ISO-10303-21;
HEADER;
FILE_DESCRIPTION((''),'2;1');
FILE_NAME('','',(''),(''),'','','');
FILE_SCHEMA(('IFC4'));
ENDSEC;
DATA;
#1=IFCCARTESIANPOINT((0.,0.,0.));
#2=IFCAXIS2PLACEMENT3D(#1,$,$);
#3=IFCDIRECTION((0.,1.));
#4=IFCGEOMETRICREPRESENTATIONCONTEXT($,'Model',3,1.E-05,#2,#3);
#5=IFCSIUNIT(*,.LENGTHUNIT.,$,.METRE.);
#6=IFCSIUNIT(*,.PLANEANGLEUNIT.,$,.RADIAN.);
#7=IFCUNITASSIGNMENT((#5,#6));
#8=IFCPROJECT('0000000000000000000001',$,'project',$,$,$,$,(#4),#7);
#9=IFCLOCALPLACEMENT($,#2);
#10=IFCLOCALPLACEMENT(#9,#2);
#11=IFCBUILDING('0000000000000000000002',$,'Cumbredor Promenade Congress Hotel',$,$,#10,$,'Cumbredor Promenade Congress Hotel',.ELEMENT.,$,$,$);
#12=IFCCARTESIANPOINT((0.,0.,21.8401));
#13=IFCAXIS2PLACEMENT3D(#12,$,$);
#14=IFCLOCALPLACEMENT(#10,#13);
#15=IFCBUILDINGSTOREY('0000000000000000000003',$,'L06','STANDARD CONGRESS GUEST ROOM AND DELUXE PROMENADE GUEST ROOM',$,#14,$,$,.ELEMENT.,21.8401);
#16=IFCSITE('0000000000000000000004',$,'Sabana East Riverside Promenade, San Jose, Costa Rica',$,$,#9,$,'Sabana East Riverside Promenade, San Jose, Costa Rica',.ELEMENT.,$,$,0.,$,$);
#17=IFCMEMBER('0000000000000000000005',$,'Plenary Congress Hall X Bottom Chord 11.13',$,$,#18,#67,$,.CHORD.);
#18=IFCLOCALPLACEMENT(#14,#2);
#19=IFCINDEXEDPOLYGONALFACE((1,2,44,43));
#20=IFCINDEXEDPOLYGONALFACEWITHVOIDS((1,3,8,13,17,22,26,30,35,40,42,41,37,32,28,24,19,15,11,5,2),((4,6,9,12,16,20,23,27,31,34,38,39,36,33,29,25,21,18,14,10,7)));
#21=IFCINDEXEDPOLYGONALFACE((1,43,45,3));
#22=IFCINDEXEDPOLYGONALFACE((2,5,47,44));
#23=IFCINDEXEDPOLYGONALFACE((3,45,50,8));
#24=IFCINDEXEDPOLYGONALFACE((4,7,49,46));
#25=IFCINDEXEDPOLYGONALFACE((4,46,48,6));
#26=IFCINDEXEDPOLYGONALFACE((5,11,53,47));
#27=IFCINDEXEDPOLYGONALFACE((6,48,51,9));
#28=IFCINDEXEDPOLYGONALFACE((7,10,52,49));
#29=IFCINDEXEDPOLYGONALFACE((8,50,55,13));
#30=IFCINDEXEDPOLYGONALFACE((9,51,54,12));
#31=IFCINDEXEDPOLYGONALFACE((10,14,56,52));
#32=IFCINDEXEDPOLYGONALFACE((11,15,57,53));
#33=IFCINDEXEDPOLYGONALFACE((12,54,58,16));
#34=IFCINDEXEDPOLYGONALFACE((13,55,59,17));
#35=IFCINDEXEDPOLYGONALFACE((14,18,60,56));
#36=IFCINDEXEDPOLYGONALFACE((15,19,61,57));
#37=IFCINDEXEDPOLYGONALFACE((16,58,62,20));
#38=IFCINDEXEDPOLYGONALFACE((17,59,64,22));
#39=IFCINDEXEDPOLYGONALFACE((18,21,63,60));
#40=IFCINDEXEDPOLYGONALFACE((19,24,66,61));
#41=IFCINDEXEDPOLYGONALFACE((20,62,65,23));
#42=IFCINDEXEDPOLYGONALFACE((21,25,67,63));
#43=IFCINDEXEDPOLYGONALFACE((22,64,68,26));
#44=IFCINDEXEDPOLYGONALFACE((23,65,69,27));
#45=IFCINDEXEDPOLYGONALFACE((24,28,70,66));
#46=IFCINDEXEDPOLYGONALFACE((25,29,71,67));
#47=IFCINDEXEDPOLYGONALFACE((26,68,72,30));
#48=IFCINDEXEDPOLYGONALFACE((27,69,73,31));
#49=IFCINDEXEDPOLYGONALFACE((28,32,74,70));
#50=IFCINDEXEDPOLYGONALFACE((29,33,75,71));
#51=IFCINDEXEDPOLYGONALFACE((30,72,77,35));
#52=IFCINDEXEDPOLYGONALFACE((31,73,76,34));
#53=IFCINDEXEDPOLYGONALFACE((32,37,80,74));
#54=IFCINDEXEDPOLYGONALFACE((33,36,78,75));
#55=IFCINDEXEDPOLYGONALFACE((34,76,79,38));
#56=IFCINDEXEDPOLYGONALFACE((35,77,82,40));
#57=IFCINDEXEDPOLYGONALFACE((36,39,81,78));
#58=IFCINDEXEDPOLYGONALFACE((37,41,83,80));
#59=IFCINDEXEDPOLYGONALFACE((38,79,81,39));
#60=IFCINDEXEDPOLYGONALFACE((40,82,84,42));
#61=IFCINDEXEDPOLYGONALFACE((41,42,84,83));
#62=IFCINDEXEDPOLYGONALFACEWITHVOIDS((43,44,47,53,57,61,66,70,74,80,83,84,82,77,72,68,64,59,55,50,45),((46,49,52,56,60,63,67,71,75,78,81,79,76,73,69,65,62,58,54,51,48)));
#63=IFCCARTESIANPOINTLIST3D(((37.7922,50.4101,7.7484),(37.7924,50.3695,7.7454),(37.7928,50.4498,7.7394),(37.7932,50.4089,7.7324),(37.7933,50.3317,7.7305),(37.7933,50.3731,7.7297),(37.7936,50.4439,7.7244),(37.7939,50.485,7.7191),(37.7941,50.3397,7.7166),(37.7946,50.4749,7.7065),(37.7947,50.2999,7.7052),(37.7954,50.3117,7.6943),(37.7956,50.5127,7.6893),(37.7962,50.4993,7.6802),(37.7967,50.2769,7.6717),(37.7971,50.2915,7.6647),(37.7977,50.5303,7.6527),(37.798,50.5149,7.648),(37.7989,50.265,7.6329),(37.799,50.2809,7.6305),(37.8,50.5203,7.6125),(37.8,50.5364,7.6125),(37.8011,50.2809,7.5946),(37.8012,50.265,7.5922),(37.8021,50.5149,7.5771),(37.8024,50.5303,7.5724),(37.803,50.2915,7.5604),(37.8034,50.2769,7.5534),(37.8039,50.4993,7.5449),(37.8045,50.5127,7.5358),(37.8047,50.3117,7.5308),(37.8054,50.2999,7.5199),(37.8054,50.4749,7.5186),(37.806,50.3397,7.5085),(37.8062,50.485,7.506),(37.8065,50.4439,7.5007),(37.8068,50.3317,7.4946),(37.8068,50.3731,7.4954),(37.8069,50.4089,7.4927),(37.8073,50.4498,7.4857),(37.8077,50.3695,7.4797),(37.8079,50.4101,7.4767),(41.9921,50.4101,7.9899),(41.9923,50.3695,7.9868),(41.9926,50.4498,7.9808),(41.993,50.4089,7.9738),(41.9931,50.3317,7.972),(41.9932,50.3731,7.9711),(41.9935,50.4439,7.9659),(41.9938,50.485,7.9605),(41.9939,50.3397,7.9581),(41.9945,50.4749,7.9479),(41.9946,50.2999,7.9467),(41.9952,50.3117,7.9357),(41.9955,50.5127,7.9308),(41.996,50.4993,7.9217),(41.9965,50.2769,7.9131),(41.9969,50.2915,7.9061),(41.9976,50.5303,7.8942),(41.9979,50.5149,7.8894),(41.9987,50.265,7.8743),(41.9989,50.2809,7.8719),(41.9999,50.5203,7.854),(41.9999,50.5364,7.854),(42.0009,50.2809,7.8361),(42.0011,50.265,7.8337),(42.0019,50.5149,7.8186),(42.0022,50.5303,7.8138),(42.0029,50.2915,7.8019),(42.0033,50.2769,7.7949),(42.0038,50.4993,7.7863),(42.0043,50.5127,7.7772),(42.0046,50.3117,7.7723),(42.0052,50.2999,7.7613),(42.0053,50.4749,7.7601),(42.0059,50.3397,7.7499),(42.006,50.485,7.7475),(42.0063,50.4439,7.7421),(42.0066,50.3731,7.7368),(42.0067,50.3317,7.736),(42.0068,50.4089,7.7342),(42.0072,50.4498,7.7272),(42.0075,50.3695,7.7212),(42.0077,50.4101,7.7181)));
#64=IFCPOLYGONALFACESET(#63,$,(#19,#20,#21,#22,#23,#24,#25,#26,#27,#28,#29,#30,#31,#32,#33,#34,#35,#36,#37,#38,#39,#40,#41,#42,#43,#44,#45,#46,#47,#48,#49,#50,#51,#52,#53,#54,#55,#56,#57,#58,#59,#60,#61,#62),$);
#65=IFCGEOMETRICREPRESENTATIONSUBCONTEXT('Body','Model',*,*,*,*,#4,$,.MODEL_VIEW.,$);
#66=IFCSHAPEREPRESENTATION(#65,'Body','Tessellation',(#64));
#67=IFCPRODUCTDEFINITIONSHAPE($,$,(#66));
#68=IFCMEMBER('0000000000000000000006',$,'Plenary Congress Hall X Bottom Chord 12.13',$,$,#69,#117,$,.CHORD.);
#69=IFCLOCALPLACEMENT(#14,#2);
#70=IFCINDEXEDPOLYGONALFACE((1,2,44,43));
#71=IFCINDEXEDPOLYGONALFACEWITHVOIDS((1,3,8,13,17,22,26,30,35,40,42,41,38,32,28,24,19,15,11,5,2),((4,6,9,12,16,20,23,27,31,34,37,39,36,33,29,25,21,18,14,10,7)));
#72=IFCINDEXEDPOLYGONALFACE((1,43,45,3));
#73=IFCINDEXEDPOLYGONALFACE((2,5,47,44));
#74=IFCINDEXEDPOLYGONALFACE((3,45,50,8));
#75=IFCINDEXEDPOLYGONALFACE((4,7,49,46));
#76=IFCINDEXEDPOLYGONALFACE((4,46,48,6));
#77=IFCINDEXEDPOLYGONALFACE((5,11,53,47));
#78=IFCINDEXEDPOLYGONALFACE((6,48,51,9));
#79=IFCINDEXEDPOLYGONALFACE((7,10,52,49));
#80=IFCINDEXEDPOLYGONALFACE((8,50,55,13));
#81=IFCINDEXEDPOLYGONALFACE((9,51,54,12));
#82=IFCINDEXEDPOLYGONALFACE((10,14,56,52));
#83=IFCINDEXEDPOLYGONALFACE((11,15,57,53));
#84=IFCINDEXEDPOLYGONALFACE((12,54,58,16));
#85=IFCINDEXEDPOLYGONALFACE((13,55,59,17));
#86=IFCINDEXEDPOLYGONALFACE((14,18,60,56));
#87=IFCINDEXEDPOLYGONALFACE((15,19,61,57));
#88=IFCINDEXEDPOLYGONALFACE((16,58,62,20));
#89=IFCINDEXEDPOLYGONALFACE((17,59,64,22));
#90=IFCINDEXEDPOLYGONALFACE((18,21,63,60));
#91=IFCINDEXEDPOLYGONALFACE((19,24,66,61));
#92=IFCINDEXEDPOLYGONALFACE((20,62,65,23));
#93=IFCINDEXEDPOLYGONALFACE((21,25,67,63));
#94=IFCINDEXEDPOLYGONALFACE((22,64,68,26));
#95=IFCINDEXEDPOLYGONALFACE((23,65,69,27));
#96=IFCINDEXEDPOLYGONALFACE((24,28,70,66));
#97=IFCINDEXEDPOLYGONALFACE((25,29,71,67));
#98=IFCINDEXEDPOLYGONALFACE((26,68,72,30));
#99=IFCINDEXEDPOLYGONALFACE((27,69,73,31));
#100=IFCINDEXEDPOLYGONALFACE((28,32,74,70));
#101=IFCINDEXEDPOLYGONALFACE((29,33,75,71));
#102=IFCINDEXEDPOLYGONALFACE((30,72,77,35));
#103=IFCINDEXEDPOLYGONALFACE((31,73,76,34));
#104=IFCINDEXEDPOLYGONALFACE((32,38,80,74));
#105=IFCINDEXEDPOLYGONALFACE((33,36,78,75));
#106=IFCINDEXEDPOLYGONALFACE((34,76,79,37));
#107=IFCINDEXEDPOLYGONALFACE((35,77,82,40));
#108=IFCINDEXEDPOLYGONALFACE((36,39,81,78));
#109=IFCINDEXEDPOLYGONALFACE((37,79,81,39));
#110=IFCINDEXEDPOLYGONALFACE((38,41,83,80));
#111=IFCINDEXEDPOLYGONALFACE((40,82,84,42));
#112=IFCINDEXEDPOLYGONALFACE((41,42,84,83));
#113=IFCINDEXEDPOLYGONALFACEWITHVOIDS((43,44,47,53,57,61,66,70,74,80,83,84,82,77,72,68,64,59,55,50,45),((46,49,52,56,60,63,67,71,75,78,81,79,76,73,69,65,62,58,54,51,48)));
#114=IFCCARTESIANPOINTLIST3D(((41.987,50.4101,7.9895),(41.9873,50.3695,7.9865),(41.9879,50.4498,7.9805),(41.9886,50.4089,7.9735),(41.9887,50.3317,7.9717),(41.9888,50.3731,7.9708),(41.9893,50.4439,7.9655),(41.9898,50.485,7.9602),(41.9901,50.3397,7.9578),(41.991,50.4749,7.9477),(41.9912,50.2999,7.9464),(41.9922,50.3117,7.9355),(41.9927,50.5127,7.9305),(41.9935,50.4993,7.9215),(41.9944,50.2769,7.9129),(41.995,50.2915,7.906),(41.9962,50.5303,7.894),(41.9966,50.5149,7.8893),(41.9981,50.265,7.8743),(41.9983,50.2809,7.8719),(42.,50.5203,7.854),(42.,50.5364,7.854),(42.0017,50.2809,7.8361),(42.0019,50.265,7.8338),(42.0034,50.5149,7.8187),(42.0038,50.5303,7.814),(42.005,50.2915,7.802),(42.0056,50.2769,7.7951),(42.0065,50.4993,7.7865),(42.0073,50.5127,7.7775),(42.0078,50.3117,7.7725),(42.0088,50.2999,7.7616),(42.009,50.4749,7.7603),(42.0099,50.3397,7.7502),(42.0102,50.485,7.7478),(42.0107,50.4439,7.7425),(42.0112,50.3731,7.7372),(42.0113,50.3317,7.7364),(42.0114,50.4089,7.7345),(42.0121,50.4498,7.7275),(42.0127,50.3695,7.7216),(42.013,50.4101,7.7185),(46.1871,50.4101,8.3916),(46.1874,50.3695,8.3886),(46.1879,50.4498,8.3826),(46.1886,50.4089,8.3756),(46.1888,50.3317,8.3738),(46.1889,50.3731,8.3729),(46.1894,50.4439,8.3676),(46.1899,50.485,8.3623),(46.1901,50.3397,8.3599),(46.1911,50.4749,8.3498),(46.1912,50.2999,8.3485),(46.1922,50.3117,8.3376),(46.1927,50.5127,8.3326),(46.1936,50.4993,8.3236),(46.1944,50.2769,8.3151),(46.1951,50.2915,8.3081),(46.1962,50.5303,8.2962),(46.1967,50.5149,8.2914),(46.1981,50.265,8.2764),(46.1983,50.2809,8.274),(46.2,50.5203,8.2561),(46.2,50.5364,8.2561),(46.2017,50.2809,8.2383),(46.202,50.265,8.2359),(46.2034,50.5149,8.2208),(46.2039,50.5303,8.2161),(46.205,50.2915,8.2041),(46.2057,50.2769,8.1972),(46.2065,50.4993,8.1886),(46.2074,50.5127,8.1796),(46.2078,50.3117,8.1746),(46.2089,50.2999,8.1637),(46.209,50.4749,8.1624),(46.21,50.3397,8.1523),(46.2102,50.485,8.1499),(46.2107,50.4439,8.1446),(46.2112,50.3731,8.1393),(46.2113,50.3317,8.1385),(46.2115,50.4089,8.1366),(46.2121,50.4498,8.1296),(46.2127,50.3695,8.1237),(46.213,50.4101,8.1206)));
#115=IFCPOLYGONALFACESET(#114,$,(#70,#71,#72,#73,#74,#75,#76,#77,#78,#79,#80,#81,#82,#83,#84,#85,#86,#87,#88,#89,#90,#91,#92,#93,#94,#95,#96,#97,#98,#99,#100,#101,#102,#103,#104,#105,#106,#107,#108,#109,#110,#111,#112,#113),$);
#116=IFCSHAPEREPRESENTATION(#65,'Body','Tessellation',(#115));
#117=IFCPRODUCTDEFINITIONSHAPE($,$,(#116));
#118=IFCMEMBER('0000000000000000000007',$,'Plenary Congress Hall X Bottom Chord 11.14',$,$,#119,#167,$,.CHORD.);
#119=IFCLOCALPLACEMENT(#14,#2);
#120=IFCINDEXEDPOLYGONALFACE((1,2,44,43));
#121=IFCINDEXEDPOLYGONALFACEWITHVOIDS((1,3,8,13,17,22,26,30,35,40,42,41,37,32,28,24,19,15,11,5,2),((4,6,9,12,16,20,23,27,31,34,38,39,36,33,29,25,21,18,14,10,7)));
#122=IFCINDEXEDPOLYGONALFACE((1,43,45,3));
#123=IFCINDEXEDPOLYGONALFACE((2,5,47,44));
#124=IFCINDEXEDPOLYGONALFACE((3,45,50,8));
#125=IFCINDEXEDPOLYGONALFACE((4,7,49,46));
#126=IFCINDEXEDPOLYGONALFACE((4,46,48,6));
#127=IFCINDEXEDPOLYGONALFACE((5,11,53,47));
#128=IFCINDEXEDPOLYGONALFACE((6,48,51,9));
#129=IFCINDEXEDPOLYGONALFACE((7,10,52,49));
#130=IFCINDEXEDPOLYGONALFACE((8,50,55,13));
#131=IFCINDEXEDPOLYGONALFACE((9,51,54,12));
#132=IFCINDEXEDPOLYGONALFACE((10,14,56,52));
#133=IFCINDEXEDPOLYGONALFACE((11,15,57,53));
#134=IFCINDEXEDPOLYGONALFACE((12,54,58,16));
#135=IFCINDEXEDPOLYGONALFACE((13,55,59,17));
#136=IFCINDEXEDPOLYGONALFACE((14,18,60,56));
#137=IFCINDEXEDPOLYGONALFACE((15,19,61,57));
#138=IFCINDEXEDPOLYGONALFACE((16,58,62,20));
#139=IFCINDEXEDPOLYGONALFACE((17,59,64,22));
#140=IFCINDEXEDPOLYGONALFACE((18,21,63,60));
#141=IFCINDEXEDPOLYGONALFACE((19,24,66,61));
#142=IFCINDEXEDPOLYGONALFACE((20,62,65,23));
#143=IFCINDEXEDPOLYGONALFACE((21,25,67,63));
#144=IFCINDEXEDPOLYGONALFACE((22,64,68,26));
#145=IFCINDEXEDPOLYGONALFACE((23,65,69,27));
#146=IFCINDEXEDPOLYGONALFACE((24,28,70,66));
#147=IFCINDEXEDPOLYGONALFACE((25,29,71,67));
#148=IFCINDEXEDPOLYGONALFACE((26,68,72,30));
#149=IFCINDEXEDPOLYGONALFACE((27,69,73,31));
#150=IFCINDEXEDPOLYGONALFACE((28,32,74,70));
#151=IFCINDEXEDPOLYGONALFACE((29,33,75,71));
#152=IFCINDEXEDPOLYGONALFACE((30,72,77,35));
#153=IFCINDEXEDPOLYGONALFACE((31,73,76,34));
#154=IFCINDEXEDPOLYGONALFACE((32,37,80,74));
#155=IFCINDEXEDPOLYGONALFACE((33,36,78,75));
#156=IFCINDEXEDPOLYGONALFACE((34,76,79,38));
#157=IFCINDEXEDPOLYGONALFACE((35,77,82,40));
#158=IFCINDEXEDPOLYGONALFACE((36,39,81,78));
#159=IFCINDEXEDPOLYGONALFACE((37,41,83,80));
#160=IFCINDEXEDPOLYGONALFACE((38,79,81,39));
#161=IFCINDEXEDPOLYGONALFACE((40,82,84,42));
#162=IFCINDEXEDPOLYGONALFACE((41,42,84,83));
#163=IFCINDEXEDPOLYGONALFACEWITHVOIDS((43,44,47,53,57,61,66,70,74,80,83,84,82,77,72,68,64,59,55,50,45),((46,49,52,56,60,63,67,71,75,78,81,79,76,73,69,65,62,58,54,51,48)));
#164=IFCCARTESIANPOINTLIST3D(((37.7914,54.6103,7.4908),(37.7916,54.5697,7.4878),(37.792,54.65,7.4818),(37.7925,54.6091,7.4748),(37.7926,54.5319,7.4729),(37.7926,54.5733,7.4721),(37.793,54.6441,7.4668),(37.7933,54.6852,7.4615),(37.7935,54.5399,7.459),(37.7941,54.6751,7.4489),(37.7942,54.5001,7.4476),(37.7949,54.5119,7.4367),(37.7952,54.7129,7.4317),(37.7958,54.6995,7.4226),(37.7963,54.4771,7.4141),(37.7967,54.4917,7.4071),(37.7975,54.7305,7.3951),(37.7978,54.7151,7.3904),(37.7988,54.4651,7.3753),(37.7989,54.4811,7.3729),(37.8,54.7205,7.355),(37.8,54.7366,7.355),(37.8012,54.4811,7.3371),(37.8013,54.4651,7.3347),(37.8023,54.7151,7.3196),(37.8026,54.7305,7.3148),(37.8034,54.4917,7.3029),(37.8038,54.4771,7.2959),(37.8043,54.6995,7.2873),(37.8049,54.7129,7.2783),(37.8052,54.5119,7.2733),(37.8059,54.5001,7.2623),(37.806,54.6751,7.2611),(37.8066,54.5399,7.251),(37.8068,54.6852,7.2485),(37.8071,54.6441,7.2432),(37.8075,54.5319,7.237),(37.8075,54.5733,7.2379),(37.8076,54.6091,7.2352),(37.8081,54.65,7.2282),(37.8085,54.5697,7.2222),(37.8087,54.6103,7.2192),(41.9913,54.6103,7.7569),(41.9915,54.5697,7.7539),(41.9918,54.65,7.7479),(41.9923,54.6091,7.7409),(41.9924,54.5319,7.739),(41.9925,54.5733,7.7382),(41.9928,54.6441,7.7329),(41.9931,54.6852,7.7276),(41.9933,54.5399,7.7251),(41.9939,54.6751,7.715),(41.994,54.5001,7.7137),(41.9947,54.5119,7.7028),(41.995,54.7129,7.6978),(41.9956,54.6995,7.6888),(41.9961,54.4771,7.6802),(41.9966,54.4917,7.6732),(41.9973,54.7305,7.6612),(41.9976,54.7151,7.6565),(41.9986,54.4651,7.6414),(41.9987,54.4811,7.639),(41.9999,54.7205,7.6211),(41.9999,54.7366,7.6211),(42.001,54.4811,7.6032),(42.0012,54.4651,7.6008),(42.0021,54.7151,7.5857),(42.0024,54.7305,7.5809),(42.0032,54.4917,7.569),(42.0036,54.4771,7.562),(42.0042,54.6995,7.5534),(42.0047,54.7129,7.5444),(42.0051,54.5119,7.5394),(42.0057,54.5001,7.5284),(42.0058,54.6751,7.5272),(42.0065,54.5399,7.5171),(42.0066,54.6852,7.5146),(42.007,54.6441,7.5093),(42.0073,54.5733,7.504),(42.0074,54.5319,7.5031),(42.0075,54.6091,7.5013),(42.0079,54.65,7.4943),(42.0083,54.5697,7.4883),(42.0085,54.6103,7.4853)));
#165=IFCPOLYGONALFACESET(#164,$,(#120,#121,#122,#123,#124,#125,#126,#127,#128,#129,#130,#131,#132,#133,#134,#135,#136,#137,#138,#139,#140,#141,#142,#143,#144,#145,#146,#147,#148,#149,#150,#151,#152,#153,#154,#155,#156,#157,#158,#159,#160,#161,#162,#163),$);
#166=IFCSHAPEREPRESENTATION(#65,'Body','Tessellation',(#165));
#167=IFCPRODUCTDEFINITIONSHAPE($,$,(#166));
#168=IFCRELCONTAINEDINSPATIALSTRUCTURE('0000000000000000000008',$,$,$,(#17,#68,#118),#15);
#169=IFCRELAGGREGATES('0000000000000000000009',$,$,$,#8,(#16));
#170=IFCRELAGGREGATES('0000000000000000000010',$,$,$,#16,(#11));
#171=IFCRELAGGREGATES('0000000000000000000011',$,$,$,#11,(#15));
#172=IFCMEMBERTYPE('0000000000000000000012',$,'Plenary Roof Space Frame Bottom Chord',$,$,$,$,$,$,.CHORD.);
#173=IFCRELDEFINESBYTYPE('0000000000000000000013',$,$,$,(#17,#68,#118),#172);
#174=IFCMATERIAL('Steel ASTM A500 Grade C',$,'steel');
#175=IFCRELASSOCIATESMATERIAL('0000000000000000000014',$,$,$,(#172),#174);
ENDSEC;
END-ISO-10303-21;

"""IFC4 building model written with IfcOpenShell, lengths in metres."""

from ifc_helpers import new_model, si_unit, direction, frame, origin, origin_2d, place, context, subcontext, project, spatial, hollow_circle, extrude, material, material_profile, profile_set, type_object, element, save


model = new_model("IFC4")

# Units and contexts
model_context = context("Model", 3, precision=1e-05, world=origin(), true_north=direction((0.0, 1.0)))
body_context = subcontext(model_context, "Body", "Model", "MODEL_VIEW")
ifc_project = project(units=[si_unit("LENGTHUNIT", "METRE"), si_unit("PLANEANGLEUNIT", "RADIAN")], contexts=[model_context])

# Site, building, storey
site_placement = place(None, origin())
site = spatial("IfcSite", under=ifc_project, at=site_placement, Name="Sabana East Riverside Promenade, San Jose, Costa Rica", LongName="Sabana East Riverside Promenade, San Jose, Costa Rica", CompositionType="ELEMENT", RefElevation=0.0)
building_placement = place(site_placement, origin())
building = spatial("IfcBuilding", under=site, at=building_placement, Name="Cumbredor Promenade Congress Hotel", LongName="Cumbredor Promenade Congress Hotel", CompositionType="ELEMENT")
storey_placement = place(building_placement, frame((0.0, 0.0, 21.8401)))
storey = spatial("IfcBuildingStorey", under=building, at=storey_placement, Name="L06", Description="STANDARD CONGRESS GUEST ROOM AND DELUXE PROMENADE GUEST ROOM", CompositionType="ELEMENT", Elevation=21.8401)

# Members
ifc_material_1 = material(Name="Steel ASTM A500 Grade C", Category="steel")
ifc_material_profile_1 = material_profile(ifc_material_1, hollow_circle(Radius=0.1365, WallThickness=0.0161, at=origin_2d()), Name="CHS 273.0x16")
ifc_profile_set_1 = profile_set([ifc_material_profile_1], Name="Steel ASTM A500 Grade C")
member_type_1 = type_object("IfcMemberType", Name="Plenary Roof Space Frame Bottom Chord", PredefinedType="CHORD", material=ifc_profile_set_1)
member_1_placement = place(storey_placement, frame((37.8, 50.3999, 7.6125), z_axis=(0.998352, 0.0, 0.057395), x_axis=(0.0, 1.0, 0.0)))
element("IfcMember", 1, at=member_1_placement, inside=storey, type_object=member_type_1, Name="Plenary Congress Hall X Bottom Chord 11.13", PredefinedType="CHORD", context=body_context, shape_type="SweptSolid", body=[
    extrude(hollow_circle(Radius=0.1365, WallThickness=0.0161, at=origin_2d()), origin(), (0.0, 0.0, 1.0), 4.2068),
])
member_2_placement = place(storey_placement, frame((42.0, 50.3999, 7.854), z_axis=(0.995448, 0.0, 0.095303), x_axis=(0.0, 1.0, 0.0)))
element("IfcMember", 2, at=member_2_placement, inside=storey, type_object=member_type_1, Name="Plenary Congress Hall X Bottom Chord 12.13", PredefinedType="CHORD", context=body_context, shape_type="SweptSolid", body=[
    extrude(hollow_circle(Radius=0.1365, WallThickness=0.0161, at=origin_2d()), origin(), (0.0, 0.0, 1.0), 4.2192),
])
member_3_placement = place(storey_placement, frame((37.8, 54.6001, 7.355), z_axis=(0.997999, 0.0, 0.063234), x_axis=(0.0, 1.0, 0.0)))
element("IfcMember", 3, at=member_3_placement, inside=storey, type_object=member_type_1, Name="Plenary Congress Hall X Bottom Chord 11.14", PredefinedType="CHORD", context=body_context, shape_type="SweptSolid", body=[
    extrude(hollow_circle(Radius=0.1365, WallThickness=0.0161, at=origin_2d()), origin(), (0.0, 0.0, 1.0), 4.2083),
])

save(model, "model.ifc")
